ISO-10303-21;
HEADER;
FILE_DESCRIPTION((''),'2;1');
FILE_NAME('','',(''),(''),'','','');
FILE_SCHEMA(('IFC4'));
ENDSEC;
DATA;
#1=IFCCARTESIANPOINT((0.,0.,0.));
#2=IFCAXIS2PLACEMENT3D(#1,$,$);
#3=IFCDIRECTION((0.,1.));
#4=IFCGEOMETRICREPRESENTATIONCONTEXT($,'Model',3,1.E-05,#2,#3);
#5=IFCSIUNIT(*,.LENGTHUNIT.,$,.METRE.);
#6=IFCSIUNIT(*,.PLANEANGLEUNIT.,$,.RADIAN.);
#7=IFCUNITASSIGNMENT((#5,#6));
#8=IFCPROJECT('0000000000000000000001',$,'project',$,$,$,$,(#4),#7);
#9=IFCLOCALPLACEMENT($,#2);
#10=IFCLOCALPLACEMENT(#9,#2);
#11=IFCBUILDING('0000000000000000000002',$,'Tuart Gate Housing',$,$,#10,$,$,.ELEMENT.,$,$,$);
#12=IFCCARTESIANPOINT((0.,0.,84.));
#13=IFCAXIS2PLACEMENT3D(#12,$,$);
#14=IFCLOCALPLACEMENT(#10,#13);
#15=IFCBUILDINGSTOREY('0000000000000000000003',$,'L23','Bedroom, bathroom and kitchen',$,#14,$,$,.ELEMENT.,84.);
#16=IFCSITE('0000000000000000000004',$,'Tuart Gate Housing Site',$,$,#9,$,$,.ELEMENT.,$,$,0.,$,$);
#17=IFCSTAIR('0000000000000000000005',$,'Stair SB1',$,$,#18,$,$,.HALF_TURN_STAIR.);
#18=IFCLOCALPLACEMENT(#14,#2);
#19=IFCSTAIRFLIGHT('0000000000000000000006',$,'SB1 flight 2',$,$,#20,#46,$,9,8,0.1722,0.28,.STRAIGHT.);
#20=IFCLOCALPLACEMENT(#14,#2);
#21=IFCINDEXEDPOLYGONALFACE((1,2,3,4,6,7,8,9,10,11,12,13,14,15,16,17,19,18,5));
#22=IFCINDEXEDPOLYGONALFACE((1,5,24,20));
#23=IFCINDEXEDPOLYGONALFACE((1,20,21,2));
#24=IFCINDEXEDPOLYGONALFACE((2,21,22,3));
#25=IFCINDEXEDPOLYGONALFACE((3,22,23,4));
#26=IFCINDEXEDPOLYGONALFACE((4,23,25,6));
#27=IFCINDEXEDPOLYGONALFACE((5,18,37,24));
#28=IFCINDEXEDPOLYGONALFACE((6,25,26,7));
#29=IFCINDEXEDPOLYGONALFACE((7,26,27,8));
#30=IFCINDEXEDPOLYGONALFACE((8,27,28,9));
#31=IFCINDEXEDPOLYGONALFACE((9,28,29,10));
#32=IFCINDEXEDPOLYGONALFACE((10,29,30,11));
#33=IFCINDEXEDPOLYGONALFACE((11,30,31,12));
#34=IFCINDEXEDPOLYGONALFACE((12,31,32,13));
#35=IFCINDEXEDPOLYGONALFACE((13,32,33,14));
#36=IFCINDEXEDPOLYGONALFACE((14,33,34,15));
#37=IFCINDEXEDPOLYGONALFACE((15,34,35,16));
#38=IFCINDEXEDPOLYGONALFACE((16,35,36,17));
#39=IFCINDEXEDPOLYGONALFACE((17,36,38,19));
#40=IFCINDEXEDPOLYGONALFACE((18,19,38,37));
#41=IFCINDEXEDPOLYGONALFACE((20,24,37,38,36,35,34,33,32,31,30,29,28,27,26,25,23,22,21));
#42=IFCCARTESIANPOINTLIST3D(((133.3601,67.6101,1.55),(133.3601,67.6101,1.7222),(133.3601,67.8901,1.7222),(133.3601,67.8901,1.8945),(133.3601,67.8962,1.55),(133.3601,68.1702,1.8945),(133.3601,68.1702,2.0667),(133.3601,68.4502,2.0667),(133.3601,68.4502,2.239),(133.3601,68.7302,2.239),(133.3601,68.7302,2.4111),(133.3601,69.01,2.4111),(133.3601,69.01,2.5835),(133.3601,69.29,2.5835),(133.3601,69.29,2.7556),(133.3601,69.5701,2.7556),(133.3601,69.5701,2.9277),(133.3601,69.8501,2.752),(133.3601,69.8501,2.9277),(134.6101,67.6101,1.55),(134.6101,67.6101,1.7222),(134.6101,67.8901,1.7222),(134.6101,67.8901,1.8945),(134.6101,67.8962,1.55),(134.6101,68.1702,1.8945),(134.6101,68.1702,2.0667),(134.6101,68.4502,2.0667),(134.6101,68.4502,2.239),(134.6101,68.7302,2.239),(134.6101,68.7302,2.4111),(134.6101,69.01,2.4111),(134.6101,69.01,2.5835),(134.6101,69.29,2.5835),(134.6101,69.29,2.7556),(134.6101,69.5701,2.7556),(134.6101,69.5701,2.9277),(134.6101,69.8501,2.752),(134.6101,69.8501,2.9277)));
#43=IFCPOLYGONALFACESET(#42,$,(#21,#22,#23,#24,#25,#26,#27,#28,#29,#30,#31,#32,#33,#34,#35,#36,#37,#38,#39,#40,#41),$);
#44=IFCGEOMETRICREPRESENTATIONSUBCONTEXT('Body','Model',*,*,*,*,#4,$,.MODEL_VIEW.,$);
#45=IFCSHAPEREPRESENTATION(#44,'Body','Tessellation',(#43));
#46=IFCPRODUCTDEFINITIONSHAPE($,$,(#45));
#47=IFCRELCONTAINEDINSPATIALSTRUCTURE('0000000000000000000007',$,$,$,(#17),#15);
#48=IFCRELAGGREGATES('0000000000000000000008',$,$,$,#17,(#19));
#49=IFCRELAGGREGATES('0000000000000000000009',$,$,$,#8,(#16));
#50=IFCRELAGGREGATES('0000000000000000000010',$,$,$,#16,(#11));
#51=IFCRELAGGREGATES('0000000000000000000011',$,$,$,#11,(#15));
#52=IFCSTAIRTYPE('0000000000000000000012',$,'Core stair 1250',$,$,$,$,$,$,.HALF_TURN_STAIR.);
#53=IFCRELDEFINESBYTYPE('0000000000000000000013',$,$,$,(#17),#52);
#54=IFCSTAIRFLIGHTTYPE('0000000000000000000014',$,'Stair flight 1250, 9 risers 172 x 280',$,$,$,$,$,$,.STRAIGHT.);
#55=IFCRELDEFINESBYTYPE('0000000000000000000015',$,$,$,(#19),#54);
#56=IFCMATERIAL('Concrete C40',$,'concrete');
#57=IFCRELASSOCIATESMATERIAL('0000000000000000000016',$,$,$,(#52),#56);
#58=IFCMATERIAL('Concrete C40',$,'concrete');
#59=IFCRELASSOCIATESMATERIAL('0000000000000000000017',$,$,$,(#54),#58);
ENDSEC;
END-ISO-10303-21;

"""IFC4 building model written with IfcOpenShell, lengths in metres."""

from ifc_helpers import new_model, si_unit, direction, frame, origin, place, context, subcontext, project, spatial, polyline, outline, extrude, material, type_object, element, aggregate, save


model = new_model("IFC4")

# Units and contexts
model_context = context("Model", 3, precision=1e-05, world=origin(), true_north=direction((0.0, 1.0)))
body_context = subcontext(model_context, "Body", "Model", "MODEL_VIEW")
ifc_project = project(units=[si_unit("LENGTHUNIT", "METRE"), si_unit("PLANEANGLEUNIT", "RADIAN")], contexts=[model_context])

# Site, building, storey
site_placement = place(None, origin())
site = spatial("IfcSite", under=ifc_project, at=site_placement, Name="Tuart Gate Housing Site", CompositionType="ELEMENT", RefElevation=0.0)
building_placement = place(site_placement, origin())
building = spatial("IfcBuilding", under=site, at=building_placement, Name="Tuart Gate Housing", CompositionType="ELEMENT")
storey_placement = place(building_placement, frame((0.0, 0.0, 84.0)))
storey = spatial("IfcBuildingStorey", under=building, at=storey_placement, Name="L23", Description="Bedroom, bathroom and kitchen", CompositionType="ELEMENT", Elevation=84.0)

# Stair, stair flight
ifc_material_1 = material(Name="Concrete C40", Category="concrete")
stair_type = type_object("IfcStairType", Name="Core stair 1250", PredefinedType="HALF_TURN_STAIR", material=ifc_material_1)
stair_placement = place(storey_placement, origin())
stair = element("IfcStair", 1, at=stair_placement, inside=storey, type_object=stair_type, Name="Stair SB1", PredefinedType="HALF_TURN_STAIR")
ifc_material_2 = material(Name="Concrete C40", Category="concrete")
stair_flight_type = type_object("IfcStairFlightType", Name="Stair flight 1250, 9 risers 172 x 280", PredefinedType="STRAIGHT", material=ifc_material_2)
stair_flight_1_placement = place(storey_placement, frame((133.9851, 67.6101, 1.55), z_axis=(0.0, 0.0, 1.0), x_axis=(0.0, 1.0, 0.0)))
stair_flight_1 = element("IfcStairFlight", 2, at=stair_flight_1_placement, type_object=stair_flight_type, Name="SB1 flight 2", NumberOfRisers=9, NumberOfTreads=8, PredefinedType="STRAIGHT", RiserHeight=0.1722, TreadLength=0.28, context=body_context, shape_type="SweptSolid", body=[
    extrude(outline(polyline([(0.0, 0.0), (0.0, 0.1721), (0.28, 0.1721), (0.28, 0.3445), (0.5601, 0.3445), (0.5601, 0.5166), (0.8401, 0.5166), (0.8401, 0.689), (1.1201, 0.689), (1.1201, 0.8611), (1.3999, 0.8611), (1.3999, 1.0334), (1.6799, 1.0334), (1.6799, 1.2056), (1.96, 1.2056), (1.96, 1.3777), (2.24, 1.3777), (2.24, 1.55), (2.24, 1.2019), (0.2861, 0.0), (0.0, 0.0)])), frame((0.0, 0.625, 0.0), z_axis=(0.0, -1.0, 0.0), x_axis=(1.0, 0.0, 0.0)), (0.0, 0.0, 1.0), 1.25),
])
aggregate(stair, [stair_flight_1])

save(model, "model.ifc")
